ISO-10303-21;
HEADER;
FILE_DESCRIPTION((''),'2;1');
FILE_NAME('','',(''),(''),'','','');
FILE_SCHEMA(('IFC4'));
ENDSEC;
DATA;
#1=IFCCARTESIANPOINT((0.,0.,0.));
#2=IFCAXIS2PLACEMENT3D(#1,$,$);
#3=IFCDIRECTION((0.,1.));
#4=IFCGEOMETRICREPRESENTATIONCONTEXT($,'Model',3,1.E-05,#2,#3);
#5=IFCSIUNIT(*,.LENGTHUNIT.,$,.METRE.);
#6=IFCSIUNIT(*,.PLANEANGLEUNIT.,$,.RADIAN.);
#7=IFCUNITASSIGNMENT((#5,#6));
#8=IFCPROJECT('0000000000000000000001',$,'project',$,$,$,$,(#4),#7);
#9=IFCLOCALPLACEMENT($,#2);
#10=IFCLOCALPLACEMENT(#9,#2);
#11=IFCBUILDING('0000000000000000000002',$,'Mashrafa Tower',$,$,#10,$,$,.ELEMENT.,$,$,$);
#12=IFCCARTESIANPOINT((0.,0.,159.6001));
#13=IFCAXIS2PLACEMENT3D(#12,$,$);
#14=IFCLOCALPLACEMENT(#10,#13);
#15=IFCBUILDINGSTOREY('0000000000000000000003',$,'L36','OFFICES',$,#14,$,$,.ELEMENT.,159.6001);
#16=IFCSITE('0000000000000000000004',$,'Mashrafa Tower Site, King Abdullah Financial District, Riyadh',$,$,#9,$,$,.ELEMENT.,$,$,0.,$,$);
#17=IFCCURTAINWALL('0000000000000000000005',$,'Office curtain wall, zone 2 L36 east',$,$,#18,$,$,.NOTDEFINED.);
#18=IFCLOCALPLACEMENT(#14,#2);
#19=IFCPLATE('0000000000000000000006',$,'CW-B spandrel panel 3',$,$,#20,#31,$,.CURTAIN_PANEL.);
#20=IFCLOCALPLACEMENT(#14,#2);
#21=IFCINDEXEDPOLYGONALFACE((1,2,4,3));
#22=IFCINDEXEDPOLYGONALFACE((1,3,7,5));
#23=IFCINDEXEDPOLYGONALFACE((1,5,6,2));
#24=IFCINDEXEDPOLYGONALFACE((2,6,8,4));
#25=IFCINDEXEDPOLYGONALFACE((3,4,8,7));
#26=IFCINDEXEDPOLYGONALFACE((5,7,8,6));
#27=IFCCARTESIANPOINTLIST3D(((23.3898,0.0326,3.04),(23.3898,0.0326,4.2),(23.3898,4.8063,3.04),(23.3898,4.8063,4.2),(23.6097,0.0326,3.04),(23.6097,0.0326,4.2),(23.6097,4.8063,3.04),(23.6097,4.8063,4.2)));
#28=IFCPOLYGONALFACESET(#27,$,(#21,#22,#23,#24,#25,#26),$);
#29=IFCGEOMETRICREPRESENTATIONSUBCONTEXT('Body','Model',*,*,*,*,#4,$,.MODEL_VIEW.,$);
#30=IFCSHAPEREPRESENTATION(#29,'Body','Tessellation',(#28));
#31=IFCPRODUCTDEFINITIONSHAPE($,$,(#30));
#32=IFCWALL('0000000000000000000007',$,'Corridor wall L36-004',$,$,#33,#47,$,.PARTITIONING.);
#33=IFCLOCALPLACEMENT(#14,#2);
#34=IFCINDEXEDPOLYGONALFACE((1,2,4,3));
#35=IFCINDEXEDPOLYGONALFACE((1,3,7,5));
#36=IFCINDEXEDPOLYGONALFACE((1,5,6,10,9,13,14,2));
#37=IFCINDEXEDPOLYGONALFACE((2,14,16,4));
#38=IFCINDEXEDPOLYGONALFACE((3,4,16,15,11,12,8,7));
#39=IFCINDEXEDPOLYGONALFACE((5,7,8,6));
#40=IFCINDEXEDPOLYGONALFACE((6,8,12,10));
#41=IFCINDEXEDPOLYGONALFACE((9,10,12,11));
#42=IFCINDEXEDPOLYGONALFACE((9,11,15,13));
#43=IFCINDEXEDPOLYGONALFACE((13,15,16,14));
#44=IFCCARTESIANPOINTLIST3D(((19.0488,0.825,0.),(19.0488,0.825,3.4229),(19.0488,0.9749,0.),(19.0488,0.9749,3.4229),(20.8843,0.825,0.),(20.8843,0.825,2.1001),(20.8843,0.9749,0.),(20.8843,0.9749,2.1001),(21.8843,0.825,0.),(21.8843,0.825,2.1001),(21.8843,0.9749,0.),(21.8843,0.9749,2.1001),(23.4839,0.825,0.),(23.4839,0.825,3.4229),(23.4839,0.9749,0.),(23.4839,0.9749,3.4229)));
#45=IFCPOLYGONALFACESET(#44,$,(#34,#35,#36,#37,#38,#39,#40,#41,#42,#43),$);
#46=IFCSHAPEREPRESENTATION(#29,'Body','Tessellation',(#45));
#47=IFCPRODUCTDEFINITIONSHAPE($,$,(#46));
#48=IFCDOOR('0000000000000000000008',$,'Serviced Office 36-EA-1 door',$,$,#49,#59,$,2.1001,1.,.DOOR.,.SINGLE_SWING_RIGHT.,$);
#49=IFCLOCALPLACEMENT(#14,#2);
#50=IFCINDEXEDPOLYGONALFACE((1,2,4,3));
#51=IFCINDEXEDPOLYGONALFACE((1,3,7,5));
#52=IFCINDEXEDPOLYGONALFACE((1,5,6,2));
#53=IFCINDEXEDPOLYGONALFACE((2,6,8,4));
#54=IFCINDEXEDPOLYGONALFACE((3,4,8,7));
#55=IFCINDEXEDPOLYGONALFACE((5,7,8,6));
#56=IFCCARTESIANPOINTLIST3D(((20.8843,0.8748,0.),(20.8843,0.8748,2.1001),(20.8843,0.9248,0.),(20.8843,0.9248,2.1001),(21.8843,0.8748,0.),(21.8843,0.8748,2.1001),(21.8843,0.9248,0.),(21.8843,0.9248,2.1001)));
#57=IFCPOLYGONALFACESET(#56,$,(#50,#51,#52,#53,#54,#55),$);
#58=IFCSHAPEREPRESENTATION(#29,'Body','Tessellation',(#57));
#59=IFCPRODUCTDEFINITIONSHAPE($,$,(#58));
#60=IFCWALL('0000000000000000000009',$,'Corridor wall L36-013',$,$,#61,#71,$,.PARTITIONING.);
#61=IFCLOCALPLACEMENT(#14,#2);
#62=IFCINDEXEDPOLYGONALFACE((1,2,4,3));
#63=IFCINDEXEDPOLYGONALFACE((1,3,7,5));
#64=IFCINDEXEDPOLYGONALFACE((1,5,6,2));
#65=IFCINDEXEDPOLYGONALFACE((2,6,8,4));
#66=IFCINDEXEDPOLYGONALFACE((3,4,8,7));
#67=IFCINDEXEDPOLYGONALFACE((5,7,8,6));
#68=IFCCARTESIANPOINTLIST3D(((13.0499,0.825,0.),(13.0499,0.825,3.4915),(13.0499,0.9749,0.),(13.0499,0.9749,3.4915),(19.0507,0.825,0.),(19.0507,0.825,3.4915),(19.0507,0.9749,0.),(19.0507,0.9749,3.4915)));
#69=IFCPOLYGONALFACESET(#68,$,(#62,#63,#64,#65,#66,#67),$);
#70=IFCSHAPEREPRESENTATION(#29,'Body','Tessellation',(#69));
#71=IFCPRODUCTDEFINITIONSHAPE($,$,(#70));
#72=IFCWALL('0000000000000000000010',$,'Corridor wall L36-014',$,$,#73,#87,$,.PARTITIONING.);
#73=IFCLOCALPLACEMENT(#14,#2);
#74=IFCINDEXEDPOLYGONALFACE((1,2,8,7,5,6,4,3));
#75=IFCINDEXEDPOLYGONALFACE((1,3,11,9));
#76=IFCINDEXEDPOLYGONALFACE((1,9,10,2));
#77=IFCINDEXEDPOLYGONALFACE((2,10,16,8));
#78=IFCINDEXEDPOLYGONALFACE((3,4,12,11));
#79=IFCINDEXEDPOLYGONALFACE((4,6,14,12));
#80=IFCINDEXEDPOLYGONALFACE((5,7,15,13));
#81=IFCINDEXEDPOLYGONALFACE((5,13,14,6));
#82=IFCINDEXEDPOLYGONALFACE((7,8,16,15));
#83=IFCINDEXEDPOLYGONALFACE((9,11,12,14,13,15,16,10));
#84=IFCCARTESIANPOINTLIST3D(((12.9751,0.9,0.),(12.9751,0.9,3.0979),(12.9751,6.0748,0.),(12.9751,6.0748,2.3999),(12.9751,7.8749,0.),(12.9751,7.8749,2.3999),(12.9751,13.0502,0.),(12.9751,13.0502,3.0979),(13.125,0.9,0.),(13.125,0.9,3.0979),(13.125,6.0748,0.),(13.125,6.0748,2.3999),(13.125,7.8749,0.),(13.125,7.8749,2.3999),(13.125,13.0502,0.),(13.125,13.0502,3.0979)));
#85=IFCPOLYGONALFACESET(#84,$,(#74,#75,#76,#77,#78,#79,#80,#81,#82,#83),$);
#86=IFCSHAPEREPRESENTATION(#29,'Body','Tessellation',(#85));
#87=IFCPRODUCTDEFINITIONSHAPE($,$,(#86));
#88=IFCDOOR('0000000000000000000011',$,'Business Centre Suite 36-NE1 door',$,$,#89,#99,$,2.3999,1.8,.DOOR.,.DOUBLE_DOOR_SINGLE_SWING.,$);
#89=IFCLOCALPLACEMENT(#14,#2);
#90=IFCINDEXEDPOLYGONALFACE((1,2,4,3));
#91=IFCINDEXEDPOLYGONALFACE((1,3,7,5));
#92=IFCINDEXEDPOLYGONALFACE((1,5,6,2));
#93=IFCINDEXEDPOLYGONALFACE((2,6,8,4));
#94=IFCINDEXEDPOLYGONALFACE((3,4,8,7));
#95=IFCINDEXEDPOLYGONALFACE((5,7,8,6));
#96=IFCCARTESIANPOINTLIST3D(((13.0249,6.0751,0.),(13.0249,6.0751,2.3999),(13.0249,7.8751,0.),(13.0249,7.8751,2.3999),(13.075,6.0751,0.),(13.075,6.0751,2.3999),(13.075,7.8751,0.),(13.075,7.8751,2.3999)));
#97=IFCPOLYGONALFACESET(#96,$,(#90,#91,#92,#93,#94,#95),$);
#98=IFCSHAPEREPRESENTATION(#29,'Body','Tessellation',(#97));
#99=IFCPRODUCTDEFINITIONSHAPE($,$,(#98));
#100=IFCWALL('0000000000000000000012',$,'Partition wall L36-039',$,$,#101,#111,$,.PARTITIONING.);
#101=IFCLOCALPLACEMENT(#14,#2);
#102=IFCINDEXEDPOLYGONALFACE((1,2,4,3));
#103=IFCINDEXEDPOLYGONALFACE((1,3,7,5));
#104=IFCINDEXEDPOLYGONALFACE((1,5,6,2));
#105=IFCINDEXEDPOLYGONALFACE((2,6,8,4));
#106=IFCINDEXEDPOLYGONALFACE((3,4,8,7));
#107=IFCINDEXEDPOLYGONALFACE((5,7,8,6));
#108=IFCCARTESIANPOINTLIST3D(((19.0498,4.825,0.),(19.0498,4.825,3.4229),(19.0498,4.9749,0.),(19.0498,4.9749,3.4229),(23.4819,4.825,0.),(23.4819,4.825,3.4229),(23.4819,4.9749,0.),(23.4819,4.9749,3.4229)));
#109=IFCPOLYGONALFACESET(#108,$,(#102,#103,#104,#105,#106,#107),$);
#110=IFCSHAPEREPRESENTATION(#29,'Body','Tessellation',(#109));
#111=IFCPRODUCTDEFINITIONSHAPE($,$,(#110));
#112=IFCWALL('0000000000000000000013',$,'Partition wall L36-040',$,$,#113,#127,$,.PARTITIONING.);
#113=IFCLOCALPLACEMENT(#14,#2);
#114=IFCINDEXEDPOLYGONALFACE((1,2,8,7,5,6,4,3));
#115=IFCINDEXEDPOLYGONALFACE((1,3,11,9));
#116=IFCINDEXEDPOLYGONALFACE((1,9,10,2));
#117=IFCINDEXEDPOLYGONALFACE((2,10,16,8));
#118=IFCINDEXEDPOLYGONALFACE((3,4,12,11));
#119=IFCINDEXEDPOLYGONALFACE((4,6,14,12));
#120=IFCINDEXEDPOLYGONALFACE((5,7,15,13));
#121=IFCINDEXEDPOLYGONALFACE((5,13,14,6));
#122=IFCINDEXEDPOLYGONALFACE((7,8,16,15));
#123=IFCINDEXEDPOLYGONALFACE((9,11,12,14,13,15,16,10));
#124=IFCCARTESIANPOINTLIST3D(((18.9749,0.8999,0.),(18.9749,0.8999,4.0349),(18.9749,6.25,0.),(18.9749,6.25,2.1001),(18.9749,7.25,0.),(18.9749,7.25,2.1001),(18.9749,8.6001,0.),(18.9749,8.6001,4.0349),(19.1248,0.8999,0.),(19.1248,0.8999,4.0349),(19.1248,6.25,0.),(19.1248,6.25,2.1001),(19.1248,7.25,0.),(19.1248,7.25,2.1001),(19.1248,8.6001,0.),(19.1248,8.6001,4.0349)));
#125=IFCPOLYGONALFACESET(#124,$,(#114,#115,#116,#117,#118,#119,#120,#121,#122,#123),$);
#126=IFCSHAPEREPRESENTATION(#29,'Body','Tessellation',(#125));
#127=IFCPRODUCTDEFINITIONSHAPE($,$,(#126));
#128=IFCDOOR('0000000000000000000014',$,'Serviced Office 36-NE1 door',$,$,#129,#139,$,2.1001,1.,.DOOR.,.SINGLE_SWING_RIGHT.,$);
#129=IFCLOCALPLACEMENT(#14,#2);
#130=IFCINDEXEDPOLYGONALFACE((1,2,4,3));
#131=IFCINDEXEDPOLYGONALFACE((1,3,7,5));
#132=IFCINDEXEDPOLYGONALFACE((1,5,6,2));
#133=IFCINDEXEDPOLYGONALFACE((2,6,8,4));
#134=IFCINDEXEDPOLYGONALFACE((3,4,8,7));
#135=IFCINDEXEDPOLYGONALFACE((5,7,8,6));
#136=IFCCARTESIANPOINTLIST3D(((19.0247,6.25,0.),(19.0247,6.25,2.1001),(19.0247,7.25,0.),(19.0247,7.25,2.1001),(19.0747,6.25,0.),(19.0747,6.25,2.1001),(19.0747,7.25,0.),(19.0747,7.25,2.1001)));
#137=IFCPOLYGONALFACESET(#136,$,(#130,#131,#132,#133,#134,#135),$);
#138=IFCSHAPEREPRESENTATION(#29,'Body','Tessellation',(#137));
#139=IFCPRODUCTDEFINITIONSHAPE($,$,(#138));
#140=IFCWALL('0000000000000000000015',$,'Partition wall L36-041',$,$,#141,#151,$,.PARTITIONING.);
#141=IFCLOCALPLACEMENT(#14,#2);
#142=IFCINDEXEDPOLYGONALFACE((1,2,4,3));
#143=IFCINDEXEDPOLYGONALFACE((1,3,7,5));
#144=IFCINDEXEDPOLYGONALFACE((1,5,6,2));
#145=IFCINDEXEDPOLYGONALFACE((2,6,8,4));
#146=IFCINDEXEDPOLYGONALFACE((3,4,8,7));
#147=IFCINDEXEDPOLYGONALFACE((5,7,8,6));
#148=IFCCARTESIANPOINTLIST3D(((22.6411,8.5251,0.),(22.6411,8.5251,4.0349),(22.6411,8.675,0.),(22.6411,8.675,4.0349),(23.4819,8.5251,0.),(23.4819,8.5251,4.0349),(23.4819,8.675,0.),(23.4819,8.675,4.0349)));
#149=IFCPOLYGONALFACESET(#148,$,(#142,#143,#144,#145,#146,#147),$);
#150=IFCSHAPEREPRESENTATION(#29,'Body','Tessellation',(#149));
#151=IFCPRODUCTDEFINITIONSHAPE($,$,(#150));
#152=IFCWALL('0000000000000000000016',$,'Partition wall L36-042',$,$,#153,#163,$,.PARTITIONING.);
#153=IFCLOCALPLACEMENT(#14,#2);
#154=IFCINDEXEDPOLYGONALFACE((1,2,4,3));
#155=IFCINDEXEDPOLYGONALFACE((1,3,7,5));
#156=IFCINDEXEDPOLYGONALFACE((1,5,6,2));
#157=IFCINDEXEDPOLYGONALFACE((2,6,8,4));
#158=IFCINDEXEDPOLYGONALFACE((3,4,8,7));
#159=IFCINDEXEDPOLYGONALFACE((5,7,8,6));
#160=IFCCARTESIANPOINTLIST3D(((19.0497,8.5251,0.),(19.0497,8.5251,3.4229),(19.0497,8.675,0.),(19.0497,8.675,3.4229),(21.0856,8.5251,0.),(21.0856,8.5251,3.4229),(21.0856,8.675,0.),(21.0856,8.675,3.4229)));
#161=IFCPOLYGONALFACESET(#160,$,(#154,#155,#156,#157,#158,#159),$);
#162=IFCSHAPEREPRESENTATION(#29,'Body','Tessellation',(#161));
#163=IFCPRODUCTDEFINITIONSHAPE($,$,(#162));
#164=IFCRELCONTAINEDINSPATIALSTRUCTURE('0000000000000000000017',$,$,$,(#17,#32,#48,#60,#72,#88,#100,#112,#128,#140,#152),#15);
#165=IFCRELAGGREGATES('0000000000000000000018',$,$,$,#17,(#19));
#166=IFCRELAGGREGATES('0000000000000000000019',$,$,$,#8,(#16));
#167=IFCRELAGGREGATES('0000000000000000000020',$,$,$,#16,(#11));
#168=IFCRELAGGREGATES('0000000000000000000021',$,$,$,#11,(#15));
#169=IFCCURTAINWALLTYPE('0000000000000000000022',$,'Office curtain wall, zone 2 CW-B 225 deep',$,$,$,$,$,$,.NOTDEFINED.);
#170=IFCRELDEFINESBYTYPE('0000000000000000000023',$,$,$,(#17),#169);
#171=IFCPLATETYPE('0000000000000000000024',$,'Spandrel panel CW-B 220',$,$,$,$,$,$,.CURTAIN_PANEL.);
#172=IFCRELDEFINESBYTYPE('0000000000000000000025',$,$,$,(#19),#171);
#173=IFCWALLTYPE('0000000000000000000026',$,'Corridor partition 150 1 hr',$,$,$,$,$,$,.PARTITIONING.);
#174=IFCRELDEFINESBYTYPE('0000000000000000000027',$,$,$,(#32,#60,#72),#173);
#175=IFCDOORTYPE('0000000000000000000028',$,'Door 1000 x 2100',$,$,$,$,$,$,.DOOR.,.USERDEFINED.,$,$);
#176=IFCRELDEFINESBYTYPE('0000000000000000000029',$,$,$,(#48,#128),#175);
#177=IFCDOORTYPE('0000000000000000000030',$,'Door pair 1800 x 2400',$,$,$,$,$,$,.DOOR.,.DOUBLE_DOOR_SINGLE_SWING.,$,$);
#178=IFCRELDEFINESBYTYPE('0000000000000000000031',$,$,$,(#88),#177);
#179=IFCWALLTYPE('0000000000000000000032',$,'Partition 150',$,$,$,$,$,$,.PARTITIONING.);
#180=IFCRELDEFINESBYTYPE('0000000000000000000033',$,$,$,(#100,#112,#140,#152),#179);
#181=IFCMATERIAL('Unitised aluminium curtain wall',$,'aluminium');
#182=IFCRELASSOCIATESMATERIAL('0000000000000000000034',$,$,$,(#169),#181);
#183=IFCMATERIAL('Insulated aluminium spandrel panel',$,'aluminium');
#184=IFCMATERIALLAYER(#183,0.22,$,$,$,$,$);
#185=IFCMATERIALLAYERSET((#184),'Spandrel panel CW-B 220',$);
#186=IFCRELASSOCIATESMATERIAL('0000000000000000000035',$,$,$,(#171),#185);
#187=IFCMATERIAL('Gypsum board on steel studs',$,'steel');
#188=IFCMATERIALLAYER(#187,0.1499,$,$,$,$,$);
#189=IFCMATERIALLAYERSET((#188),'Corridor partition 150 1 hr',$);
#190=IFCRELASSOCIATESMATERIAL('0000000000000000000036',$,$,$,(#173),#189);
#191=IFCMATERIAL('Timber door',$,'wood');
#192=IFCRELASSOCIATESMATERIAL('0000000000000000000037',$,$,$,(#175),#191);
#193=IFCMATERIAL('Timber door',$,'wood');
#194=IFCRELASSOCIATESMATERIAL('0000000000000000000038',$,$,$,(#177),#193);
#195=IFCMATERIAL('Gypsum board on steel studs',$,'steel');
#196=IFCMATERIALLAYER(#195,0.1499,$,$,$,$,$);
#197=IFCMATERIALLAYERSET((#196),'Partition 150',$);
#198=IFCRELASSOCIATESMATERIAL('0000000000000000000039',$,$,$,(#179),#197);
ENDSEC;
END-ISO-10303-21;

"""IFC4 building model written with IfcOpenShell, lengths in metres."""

from ifc_helpers import new_model, si_unit, direction, frame, frame_2d, origin, origin_2d, place, context, subcontext, project, spatial, rectangle, extrude, source, transform, mapped, material, layer, layer_set, type_object, element, fill, aggregate, save


model = new_model("IFC4")

# Units and contexts
model_context = context("Model", 3, precision=1e-05, world=origin(), true_north=direction((0.0, 1.0)))
body_context = subcontext(model_context, "Body", "Model", "MODEL_VIEW")
ifc_project = project(units=[si_unit("LENGTHUNIT", "METRE"), si_unit("PLANEANGLEUNIT", "RADIAN")], contexts=[model_context])

# Site, building, storey
site_placement = place(None, origin())
site = spatial("IfcSite", under=ifc_project, at=site_placement, Name="Mashrafa Tower Site, King Abdullah Financial District, Riyadh", CompositionType="ELEMENT", RefElevation=0.0)
building_placement = place(site_placement, origin())
building = spatial("IfcBuilding", under=site, at=building_placement, Name="Mashrafa Tower", CompositionType="ELEMENT")
storey_placement = place(building_placement, frame((0.0, 0.0, 159.6001)))
storey = spatial("IfcBuildingStorey", under=building, at=storey_placement, Name="L36", Description="OFFICES", CompositionType="ELEMENT", Elevation=159.6001)

# Curtain wall
ifc_material_1 = material(Name="Unitised aluminium curtain wall", Category="aluminium")
curtain_wall_type = type_object("IfcCurtainWallType", Name="Office curtain wall, zone 2 CW-B 225 deep", PredefinedType="NOTDEFINED", material=ifc_material_1)
curtain_wall_1_placement = place(storey_placement, origin())
curtain_wall_1 = element("IfcCurtainWall", 1, at=curtain_wall_1_placement, inside=storey, type_object=curtain_wall_type, Name="Office curtain wall, zone 2 L36 east", PredefinedType="NOTDEFINED")

# Plate
ifc_material_2 = material(Name="Insulated aluminium spandrel panel", Category="aluminium")
ifc_layer_1 = layer(ifc_material_2, 0.22)
ifc_layer_set_1 = layer_set([ifc_layer_1], Name="Spandrel panel CW-B 220")
plate_type_1 = type_object("IfcPlateType", Name="Spandrel panel CW-B 220", PredefinedType="CURTAIN_PANEL", material=ifc_layer_set_1)
shared_shape_1 = source(origin(), body_context, "Body", "SweptSolid", [
    extrude(rectangle(XDim=4.7737, YDim=0.22, at=origin_2d()), origin(), (0.0, 0.0, 1.0), 1.1599),
])
plate_1_placement = place(storey_placement, frame((23.4998, 2.4194, 3.04), z_axis=(0.0, 0.0, 1.0), x_axis=(0.0, 1.0, 0.0)))
plate_1 = element("IfcPlate", 2, at=plate_1_placement, type_object=plate_type_1, Name="CW-B spandrel panel 3", PredefinedType="CURTAIN_PANEL", context=body_context, shape_type="MappedRepresentation", body=[
    mapped(shared_shape_1, transform((0.0, 0.0, 0.0))),
])
aggregate(curtain_wall_1, [plate_1])

# Wall, opening, door
ifc_material_3 = material(Name="Gypsum board on steel studs", Category="steel")
ifc_layer_2 = layer(ifc_material_3, 0.1499)
ifc_layer_set_2 = layer_set([ifc_layer_2], Name="Corridor partition 150 1 hr")
wall_type_1 = type_object("IfcWallType", Name="Corridor partition 150 1 hr", PredefinedType="PARTITIONING", material=ifc_layer_set_2)
wall_1_placement = place(storey_placement, frame((23.4839, 0.8999, 0.0), z_axis=(0.0, 0.0, 1.0), x_axis=(-1.0, 0.0, 0.0)))
wall_1 = element("IfcWall", 3, at=wall_1_placement, inside=storey, type_object=wall_type_1, Name="Corridor wall L36-004", PredefinedType="PARTITIONING", context=body_context, shape_type="SweptSolid", body=[
    extrude(rectangle(XDim=4.4351, YDim=0.1499, at=frame_2d((2.2175, 0.0))), origin(), (0.0, 0.0, 1.0), 3.4229),
])
opening_1_placement = place(wall_1_placement, frame((1.5996, 0.0, 0.0)))
opening_1 = element("IfcOpeningElement", 4, at=opening_1_placement, cuts=wall_1, PredefinedType="OPENING", context=body_context, shape_type="SweptSolid", body=[
    extrude(rectangle(XDim=1.0, YDim=2.1001, at=frame_2d((0.5, 1.05))), frame((0.0, 0.085, 0.0), z_axis=(0.0, -1.0, 0.0), x_axis=(1.0, 0.0, 0.0)), (0.0, 0.0, 1.0), 0.1699),
])
ifc_material_4 = material(Name="Timber door", Category="wood")
door_type_1 = type_object("IfcDoorType", Name="Door 1000 x 2100", OperationType="USERDEFINED", PredefinedType="DOOR", material=ifc_material_4)
door_1_placement = place(opening_1_placement, frame((1.0, 0.0, 0.0), z_axis=(0.0, 0.0, 1.0), x_axis=(-1.0, 0.0, 0.0)))
door_1 = element("IfcDoor", 5, at=door_1_placement, inside=storey, type_object=door_type_1, Name="Serviced Office 36-EA-1 door", OperationType="SINGLE_SWING_RIGHT", OverallHeight=2.1001, OverallWidth=1.0, PredefinedType="DOOR", context=body_context, shape_type="SweptSolid", body=[
    extrude(rectangle(XDim=1.0, YDim=2.1001, at=frame_2d((0.5, 1.05))), frame((0.0, 0.0249, 0.0), z_axis=(0.0, -1.0, 0.0), x_axis=(1.0, 0.0, 0.0)), (0.0, 0.0, 1.0), 0.05),
])
fill(opening_1, door_1)

# Wall
wall_2_placement = place(storey_placement, frame((19.0508, 0.8999, 0.0), z_axis=(0.0, 0.0, 1.0), x_axis=(-1.0, 0.0, 0.0)))
element("IfcWall", 6, at=wall_2_placement, inside=storey, type_object=wall_type_1, Name="Corridor wall L36-013", PredefinedType="PARTITIONING", context=body_context, shape_type="SweptSolid", body=[
    extrude(rectangle(XDim=6.0007, YDim=0.1499, at=frame_2d((3.0005, 0.0))), origin(), (0.0, 0.0, 1.0), 3.4915),
])

# Wall, opening, door
wall_3_placement = place(storey_placement, frame((13.05, 0.8999, 0.0), z_axis=(0.0, 0.0, 1.0), x_axis=(0.0, 1.0, 0.0)))
wall_3 = element("IfcWall", 7, at=wall_3_placement, inside=storey, type_object=wall_type_1, Name="Corridor wall L36-014", PredefinedType="PARTITIONING", context=body_context, shape_type="SweptSolid", body=[
    extrude(rectangle(XDim=12.1501, YDim=0.1499, at=frame_2d((6.0752, 0.0))), origin(), (0.0, 0.0, 1.0), 3.0979),
])
opening_2_placement = place(wall_3_placement, frame((5.175, 0.0, 0.0)))
opening_2 = element("IfcOpeningElement", 8, at=opening_2_placement, cuts=wall_3, PredefinedType="OPENING", context=body_context, shape_type="SweptSolid", body=[
    extrude(rectangle(XDim=1.8, YDim=2.3999, at=frame_2d((0.8999, 1.2))), frame((0.0, 0.085, 0.0), z_axis=(0.0, -1.0, 0.0), x_axis=(1.0, 0.0, 0.0)), (0.0, 0.0, 1.0), 0.1699),
])
ifc_material_5 = material(Name="Timber door", Category="wood")
door_type_2 = type_object("IfcDoorType", Name="Door pair 1800 x 2400", OperationType="DOUBLE_DOOR_SINGLE_SWING", PredefinedType="DOOR", material=ifc_material_5)
door_2_placement = place(opening_2_placement, frame((1.8, 0.0, 0.0), z_axis=(0.0, 0.0, 1.0), x_axis=(-1.0, 0.0, 0.0)))
door_2 = element("IfcDoor", 9, at=door_2_placement, inside=storey, type_object=door_type_2, Name="Business Centre Suite 36-NE1 door", OperationType="DOUBLE_DOOR_SINGLE_SWING", OverallHeight=2.3999, OverallWidth=1.8, PredefinedType="DOOR", context=body_context, shape_type="SweptSolid", body=[
    extrude(rectangle(XDim=1.8, YDim=2.3999, at=frame_2d((0.8999, 1.2))), frame((0.0, 0.0249, 0.0), z_axis=(0.0, -1.0, 0.0), x_axis=(1.0, 0.0, 0.0)), (0.0, 0.0, 1.0), 0.05),
])
fill(opening_2, door_2)

# Wall
ifc_material_6 = material(Name="Gypsum board on steel studs", Category="steel")
ifc_layer_3 = layer(ifc_material_6, 0.1499)
ifc_layer_set_3 = layer_set([ifc_layer_3], Name="Partition 150")
wall_type_2 = type_object("IfcWallType", Name="Partition 150", PredefinedType="PARTITIONING", material=ifc_layer_set_3)
wall_4_placement = place(storey_placement, frame((23.4819, 4.8999, 0.0), z_axis=(0.0, 0.0, 1.0), x_axis=(-1.0, 0.0, 0.0)))
element("IfcWall", 10, at=wall_4_placement, inside=storey, type_object=wall_type_2, Name="Partition wall L36-039", PredefinedType="PARTITIONING", context=body_context, shape_type="SweptSolid", body=[
    extrude(rectangle(XDim=4.4321, YDim=0.1499, at=frame_2d((2.2161, 0.0))), origin(), (0.0, 0.0, 1.0), 3.4229),
])

# Wall, opening, door
wall_5_placement = place(storey_placement, frame((19.0498, 0.8999, 0.0), z_axis=(0.0, 0.0, 1.0), x_axis=(0.0, 1.0, 0.0)))
wall_5 = element("IfcWall", 11, at=wall_5_placement, inside=storey, type_object=wall_type_2, Name="Partition wall L36-040", PredefinedType="PARTITIONING", context=body_context, shape_type="SweptSolid", body=[
    extrude(rectangle(XDim=7.7002, YDim=0.1499, at=frame_2d((3.8501, 0.0))), origin(), (0.0, 0.0, 1.0), 4.0349),
])
opening_3_placement = place(wall_5_placement, frame((5.3501, 0.0, 0.0)))
opening_3 = element("IfcOpeningElement", 12, at=opening_3_placement, cuts=wall_5, PredefinedType="OPENING", context=body_context, shape_type="SweptSolid", body=[
    extrude(rectangle(XDim=1.0, YDim=2.1001, at=frame_2d((0.5, 1.05))), frame((0.0, 0.085, 0.0), z_axis=(0.0, -1.0, 0.0), x_axis=(1.0, 0.0, 0.0)), (0.0, 0.0, 1.0), 0.1699),
])
door_3_placement = place(opening_3_placement, frame((1.0, 0.0, 0.0), z_axis=(0.0, 0.0, 1.0), x_axis=(-1.0, 0.0, 0.0)))
door_3 = element("IfcDoor", 13, at=door_3_placement, inside=storey, type_object=door_type_1, Name="Serviced Office 36-NE1 door", OperationType="SINGLE_SWING_RIGHT", OverallHeight=2.1001, OverallWidth=1.0, PredefinedType="DOOR", context=body_context, shape_type="SweptSolid", body=[
    extrude(rectangle(XDim=1.0, YDim=2.1001, at=frame_2d((0.5, 1.05))), frame((0.0, 0.0249, 0.0), z_axis=(0.0, -1.0, 0.0), x_axis=(1.0, 0.0, 0.0)), (0.0, 0.0, 1.0), 0.05),
])
fill(opening_3, door_3)

# Walls
wall_6_placement = place(storey_placement, frame((23.4819, 8.6001, 0.0), z_axis=(0.0, 0.0, 1.0), x_axis=(-1.0, 0.0, 0.0)))
element("IfcWall", 14, at=wall_6_placement, inside=storey, type_object=wall_type_2, Name="Partition wall L36-041", PredefinedType="PARTITIONING", context=body_context, shape_type="SweptSolid", body=[
    extrude(rectangle(XDim=0.8408, YDim=0.1499, at=frame_2d((0.4204, 0.0))), origin(), (0.0, 0.0, 1.0), 4.0349),
])
wall_7_placement = place(storey_placement, frame((21.0857, 8.6001, 0.0), z_axis=(0.0, 0.0, 1.0), x_axis=(-1.0, 0.0, 0.0)))
element("IfcWall", 15, at=wall_7_placement, inside=storey, type_object=wall_type_2, Name="Partition wall L36-042", PredefinedType="PARTITIONING", context=body_context, shape_type="SweptSolid", body=[
    extrude(rectangle(XDim=2.0359, YDim=0.1499, at=frame_2d((1.0181, 0.0))), origin(), (0.0, 0.0, 1.0), 3.4229),
])

save(model, "model.ifc")
